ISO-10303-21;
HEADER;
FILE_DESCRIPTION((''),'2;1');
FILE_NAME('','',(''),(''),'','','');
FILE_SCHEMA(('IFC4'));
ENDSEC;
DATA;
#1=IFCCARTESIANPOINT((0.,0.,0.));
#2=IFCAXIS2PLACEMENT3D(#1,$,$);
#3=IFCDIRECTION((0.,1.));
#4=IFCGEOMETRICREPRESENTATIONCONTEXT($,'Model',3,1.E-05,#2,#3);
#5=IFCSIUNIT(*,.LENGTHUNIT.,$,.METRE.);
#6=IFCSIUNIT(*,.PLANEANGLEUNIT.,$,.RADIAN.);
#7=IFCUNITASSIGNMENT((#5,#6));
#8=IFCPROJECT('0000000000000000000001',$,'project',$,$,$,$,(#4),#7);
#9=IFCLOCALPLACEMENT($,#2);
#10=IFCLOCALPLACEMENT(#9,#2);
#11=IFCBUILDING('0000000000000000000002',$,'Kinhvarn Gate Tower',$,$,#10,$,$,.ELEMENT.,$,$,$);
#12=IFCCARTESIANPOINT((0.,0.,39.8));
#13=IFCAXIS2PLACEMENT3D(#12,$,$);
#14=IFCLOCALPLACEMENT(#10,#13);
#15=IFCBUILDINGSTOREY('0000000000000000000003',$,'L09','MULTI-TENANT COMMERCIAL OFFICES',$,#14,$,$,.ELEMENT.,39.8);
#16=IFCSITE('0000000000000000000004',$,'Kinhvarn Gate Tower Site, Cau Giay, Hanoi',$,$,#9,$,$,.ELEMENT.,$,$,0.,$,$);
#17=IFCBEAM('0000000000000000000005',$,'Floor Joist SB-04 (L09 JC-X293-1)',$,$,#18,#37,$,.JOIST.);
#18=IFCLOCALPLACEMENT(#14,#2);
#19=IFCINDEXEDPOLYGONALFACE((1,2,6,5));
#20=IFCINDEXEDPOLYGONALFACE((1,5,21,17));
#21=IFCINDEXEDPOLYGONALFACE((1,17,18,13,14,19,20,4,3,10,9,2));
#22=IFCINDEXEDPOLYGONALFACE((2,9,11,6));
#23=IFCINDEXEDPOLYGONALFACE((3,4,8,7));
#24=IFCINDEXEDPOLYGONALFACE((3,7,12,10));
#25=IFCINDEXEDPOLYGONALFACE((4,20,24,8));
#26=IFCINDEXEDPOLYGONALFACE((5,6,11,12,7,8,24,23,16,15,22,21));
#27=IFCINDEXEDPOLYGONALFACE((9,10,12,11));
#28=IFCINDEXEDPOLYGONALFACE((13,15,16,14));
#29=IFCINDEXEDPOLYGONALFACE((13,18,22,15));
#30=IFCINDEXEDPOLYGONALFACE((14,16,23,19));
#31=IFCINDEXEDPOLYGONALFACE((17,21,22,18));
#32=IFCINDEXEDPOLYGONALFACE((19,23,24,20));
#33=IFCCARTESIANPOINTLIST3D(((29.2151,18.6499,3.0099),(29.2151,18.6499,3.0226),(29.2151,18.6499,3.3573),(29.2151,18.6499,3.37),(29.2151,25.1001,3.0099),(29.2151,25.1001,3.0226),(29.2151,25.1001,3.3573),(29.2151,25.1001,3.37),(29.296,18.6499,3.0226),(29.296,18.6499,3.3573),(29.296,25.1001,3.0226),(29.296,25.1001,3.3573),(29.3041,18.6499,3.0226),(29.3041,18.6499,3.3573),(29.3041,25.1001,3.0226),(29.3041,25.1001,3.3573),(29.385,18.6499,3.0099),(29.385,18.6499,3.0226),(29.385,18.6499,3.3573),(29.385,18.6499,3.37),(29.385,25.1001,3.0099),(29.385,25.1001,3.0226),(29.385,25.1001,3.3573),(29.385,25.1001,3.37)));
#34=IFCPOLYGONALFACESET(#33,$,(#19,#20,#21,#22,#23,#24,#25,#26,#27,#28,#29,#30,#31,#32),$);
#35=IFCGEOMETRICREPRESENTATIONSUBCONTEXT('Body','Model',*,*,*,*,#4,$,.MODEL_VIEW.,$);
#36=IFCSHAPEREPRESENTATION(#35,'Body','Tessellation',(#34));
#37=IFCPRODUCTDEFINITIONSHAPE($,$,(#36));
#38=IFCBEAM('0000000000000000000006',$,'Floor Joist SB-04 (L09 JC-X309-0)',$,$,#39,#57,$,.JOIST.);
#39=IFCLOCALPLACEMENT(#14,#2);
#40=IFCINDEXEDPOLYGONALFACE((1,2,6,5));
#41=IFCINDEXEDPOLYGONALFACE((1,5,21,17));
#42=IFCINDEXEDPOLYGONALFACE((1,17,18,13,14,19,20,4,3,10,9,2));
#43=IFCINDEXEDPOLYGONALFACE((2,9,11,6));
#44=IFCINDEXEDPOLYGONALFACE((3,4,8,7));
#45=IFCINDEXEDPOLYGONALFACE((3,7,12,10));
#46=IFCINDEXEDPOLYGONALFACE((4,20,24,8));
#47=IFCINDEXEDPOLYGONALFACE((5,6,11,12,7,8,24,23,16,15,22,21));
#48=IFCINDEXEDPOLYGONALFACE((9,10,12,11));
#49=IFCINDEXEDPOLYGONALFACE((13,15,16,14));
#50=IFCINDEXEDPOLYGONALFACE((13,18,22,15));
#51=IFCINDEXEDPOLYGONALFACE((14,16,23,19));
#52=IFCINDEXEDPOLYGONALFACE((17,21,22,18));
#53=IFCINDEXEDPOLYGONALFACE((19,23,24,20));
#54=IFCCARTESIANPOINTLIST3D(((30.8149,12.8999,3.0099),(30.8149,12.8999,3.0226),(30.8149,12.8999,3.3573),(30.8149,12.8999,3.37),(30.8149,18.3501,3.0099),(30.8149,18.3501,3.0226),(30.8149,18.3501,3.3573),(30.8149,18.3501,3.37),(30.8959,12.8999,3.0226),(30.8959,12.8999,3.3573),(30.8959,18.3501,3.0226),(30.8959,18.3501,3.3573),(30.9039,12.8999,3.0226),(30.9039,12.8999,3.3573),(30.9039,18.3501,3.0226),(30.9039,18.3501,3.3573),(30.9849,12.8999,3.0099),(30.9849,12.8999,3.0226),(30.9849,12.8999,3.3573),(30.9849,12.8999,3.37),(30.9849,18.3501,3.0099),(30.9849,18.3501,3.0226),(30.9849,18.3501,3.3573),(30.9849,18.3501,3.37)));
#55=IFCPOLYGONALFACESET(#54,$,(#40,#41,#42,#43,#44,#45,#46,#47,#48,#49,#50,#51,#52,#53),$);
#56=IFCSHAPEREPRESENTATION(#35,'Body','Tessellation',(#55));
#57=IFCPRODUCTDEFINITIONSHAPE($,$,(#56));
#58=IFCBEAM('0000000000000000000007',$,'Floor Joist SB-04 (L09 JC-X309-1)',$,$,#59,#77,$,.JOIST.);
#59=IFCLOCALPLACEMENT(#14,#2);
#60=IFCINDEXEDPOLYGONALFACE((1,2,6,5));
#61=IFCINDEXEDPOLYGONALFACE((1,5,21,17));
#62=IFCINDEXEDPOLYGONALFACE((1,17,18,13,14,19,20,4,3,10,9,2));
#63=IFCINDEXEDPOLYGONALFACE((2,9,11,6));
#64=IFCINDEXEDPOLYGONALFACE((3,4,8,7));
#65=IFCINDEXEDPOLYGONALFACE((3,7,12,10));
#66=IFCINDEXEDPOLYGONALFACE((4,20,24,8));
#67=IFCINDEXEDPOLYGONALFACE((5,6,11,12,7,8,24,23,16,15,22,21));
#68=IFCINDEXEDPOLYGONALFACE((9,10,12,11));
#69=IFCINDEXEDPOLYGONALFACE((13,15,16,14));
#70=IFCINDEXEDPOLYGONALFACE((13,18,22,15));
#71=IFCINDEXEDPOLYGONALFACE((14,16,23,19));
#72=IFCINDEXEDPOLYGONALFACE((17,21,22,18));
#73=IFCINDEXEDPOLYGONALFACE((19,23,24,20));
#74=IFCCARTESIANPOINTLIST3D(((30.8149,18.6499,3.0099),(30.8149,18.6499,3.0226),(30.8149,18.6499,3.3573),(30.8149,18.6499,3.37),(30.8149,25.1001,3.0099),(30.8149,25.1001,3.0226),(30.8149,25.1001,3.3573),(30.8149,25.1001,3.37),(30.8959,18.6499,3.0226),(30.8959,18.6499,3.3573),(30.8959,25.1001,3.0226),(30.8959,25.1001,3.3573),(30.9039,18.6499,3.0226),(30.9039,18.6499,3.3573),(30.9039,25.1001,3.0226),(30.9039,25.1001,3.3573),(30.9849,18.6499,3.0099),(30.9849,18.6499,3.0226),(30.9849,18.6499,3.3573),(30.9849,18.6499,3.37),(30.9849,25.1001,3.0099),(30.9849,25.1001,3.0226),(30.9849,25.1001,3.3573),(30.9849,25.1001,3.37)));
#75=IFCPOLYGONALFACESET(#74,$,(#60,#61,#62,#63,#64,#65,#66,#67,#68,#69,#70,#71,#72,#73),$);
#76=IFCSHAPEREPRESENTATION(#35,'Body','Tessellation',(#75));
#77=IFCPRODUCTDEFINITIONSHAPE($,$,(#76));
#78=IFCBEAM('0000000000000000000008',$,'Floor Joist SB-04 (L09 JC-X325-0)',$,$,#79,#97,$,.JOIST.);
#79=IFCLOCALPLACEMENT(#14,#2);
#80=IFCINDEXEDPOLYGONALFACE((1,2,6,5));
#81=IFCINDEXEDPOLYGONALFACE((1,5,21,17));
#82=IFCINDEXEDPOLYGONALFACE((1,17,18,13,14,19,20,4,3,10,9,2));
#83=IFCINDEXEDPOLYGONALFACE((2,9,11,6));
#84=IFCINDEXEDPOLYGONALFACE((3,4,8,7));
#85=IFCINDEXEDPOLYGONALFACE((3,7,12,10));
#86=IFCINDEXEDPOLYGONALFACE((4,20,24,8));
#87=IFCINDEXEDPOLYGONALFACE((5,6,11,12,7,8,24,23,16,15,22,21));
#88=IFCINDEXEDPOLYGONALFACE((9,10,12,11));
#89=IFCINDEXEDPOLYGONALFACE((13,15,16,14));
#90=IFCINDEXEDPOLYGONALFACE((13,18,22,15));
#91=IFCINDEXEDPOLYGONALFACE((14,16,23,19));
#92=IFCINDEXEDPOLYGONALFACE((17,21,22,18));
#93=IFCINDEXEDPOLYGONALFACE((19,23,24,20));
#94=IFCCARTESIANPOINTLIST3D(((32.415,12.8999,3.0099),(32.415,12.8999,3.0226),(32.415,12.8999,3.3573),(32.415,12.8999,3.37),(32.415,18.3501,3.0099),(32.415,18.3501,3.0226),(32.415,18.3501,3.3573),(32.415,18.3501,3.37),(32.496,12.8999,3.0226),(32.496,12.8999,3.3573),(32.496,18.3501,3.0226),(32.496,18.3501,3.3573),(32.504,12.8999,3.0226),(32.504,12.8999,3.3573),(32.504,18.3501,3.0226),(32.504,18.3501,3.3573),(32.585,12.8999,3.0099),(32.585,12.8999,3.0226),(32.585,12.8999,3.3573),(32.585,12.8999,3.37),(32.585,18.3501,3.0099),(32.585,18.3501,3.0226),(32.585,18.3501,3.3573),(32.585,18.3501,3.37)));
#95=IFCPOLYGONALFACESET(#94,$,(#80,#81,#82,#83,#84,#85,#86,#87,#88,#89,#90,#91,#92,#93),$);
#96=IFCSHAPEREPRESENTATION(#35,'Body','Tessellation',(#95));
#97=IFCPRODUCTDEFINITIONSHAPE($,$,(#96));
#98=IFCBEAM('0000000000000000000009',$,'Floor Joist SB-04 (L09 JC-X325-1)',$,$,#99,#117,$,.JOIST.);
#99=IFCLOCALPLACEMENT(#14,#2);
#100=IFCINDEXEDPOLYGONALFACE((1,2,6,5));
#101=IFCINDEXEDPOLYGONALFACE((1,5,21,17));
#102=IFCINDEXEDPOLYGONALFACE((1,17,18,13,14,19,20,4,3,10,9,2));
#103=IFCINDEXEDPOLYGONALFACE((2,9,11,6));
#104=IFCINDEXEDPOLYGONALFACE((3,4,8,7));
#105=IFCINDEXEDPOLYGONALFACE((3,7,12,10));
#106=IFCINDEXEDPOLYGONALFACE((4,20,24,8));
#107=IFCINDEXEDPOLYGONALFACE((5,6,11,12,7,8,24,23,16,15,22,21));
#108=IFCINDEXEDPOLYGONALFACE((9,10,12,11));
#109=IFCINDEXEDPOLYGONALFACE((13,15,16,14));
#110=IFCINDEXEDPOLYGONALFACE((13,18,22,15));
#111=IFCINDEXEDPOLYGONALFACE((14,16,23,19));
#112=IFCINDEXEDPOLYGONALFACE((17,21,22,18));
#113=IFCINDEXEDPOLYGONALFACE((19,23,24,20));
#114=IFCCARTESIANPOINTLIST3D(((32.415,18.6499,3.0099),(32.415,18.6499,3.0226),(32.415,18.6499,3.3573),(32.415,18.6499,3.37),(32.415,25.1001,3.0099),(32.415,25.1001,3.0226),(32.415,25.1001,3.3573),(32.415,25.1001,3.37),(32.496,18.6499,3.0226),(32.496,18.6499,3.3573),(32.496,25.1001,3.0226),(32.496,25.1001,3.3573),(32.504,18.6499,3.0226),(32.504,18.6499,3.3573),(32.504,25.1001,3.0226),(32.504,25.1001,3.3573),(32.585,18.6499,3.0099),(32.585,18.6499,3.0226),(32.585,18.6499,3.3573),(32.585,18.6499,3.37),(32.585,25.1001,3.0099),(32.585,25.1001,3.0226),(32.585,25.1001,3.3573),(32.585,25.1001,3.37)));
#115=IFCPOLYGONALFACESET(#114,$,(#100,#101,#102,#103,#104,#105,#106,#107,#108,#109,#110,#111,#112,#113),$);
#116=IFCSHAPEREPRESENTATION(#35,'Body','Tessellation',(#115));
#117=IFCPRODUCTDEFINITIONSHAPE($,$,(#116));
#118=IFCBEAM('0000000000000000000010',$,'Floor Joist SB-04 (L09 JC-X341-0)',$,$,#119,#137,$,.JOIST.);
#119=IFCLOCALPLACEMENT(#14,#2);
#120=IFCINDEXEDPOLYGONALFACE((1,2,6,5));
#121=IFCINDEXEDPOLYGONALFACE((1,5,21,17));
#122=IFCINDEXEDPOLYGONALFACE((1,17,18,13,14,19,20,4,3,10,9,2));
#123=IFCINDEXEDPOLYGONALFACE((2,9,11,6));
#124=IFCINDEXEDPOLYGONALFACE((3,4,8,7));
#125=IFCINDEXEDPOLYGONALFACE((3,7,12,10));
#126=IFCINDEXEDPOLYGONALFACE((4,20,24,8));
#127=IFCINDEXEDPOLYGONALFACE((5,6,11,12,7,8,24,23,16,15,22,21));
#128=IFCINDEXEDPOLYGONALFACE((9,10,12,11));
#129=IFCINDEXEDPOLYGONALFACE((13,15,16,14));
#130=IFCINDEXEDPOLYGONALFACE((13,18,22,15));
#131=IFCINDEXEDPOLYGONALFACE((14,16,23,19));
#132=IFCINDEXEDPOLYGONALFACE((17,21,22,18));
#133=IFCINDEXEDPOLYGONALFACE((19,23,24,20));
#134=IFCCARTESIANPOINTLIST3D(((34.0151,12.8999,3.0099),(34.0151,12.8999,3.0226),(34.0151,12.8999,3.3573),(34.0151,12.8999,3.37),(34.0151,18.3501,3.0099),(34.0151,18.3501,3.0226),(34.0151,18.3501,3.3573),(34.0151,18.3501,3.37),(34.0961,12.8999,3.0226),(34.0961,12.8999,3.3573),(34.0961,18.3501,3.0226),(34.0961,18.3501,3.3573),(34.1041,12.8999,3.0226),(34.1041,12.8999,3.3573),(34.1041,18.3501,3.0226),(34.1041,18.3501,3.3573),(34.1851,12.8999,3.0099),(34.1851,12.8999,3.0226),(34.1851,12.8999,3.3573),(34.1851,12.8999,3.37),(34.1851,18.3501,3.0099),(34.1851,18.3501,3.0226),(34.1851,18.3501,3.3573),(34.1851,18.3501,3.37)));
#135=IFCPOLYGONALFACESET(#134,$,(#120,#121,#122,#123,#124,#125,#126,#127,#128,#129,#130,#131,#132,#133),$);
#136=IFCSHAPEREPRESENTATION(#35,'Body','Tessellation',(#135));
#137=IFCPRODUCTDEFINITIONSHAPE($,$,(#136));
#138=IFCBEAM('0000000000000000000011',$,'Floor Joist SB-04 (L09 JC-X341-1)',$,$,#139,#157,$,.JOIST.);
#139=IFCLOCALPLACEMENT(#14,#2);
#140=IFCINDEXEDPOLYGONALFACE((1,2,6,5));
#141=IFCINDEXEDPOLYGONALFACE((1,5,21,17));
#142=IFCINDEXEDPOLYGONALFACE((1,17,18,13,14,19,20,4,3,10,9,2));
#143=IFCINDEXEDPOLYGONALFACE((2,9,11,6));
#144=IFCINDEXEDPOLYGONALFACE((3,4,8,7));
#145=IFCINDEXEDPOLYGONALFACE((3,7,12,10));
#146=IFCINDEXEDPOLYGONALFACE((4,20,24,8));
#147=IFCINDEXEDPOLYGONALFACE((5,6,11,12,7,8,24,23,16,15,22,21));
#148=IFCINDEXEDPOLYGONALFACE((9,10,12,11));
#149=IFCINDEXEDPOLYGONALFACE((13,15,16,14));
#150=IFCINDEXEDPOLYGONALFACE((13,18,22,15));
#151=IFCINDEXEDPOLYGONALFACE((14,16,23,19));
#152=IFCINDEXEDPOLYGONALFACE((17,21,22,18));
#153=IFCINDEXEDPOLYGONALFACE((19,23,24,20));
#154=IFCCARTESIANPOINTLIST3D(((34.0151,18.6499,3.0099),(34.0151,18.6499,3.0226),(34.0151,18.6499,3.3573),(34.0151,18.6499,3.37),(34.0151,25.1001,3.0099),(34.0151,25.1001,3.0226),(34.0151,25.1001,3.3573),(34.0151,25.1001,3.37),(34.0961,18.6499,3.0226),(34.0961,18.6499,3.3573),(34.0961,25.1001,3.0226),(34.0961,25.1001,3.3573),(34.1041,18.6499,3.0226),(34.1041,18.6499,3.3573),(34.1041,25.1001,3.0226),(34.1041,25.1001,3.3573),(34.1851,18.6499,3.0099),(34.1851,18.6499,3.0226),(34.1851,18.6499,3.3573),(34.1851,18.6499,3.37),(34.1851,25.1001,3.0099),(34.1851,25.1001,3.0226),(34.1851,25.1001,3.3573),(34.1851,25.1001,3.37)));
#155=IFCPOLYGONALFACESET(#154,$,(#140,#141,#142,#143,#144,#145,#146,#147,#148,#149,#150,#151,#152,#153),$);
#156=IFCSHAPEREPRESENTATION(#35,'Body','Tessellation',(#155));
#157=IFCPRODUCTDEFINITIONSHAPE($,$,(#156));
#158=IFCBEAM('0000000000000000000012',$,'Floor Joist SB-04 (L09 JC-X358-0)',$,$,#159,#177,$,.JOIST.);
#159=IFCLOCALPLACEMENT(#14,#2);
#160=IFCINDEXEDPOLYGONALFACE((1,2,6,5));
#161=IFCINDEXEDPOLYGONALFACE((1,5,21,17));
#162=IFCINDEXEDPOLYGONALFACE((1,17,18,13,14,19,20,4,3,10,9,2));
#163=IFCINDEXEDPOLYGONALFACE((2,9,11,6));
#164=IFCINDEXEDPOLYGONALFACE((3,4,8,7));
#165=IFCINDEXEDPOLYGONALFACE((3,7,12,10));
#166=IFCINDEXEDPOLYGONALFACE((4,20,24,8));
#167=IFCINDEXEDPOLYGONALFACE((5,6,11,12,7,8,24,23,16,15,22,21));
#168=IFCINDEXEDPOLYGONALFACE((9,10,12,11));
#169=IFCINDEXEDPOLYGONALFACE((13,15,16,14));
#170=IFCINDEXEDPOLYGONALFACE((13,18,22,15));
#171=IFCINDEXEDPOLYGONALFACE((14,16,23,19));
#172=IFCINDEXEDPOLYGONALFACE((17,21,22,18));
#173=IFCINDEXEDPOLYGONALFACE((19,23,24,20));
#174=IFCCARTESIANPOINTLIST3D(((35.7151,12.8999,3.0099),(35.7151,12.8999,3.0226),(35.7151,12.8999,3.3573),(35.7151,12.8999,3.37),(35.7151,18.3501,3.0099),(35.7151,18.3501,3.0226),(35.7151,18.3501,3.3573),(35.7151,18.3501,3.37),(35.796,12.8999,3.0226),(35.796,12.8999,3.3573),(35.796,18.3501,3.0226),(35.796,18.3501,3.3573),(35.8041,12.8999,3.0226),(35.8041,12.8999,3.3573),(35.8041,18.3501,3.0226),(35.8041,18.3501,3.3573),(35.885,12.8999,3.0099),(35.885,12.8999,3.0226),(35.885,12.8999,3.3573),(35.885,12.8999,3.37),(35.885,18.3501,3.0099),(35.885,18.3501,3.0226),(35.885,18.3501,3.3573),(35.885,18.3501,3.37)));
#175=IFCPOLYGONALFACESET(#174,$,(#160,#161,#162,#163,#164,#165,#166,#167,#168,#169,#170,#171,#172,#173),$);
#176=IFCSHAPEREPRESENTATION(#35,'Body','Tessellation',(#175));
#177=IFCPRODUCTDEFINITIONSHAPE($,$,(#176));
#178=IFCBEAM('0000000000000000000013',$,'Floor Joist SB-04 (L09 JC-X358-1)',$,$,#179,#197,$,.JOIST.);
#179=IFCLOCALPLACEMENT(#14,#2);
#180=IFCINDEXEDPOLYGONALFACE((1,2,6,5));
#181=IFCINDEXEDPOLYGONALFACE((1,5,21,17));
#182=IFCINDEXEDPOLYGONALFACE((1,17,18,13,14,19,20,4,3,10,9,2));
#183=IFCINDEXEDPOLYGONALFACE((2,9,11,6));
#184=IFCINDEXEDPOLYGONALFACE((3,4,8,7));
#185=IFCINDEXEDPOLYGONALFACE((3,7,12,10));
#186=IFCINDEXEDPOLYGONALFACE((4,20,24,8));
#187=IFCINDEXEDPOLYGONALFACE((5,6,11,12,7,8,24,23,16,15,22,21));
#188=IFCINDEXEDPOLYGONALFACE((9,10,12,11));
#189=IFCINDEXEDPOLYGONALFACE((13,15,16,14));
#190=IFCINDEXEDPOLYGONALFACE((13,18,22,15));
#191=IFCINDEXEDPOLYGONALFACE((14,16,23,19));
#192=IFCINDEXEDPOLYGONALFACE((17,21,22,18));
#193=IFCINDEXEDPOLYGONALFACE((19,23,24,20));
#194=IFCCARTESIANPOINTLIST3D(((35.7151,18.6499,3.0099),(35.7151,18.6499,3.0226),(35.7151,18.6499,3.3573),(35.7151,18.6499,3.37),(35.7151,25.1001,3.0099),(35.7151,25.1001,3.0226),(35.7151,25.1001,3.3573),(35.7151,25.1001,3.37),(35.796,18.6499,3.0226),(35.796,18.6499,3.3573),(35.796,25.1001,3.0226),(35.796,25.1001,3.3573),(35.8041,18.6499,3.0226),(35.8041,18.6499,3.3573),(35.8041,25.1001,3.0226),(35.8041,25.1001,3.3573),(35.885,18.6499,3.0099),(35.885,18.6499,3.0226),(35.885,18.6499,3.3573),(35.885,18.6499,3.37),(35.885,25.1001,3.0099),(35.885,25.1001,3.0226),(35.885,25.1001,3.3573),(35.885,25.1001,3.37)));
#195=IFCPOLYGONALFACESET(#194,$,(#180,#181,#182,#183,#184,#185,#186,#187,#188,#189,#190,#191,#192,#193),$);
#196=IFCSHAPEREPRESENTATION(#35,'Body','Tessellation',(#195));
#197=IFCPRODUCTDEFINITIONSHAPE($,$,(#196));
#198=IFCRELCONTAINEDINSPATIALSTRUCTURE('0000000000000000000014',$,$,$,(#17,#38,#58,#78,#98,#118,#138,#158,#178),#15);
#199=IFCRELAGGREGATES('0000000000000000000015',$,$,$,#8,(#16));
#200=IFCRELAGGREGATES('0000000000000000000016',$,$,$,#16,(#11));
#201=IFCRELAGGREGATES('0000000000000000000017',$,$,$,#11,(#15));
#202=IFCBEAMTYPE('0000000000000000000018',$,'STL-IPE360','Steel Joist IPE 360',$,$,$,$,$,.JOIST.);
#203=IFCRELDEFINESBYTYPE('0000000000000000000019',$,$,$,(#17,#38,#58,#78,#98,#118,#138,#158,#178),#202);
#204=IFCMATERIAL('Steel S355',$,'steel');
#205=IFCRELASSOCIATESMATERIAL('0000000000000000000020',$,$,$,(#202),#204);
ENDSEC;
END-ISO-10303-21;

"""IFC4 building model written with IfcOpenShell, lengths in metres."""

from ifc_helpers import new_model, si_unit, direction, frame, origin, origin_2d, place, context, subcontext, project, spatial, i_section, extrude, material, material_profile, profile_set, type_object, element, save


model = new_model("IFC4")

# Units and contexts
model_context = context("Model", 3, precision=1e-05, world=origin(), true_north=direction((0.0, 1.0)))
body_context = subcontext(model_context, "Body", "Model", "MODEL_VIEW")
ifc_project = project(units=[si_unit("LENGTHUNIT", "METRE"), si_unit("PLANEANGLEUNIT", "RADIAN")], contexts=[model_context])

# Site, building, storey
site_placement = place(None, origin())
site = spatial("IfcSite", under=ifc_project, at=site_placement, Name="Kinhvarn Gate Tower Site, Cau Giay, Hanoi", CompositionType="ELEMENT", RefElevation=0.0)
building_placement = place(site_placement, origin())
building = spatial("IfcBuilding", under=site, at=building_placement, Name="Kinhvarn Gate Tower", CompositionType="ELEMENT")
storey_placement = place(building_placement, frame((0.0, 0.0, 39.8)))
storey = spatial("IfcBuildingStorey", under=building, at=storey_placement, Name="L09", Description="MULTI-TENANT COMMERCIAL OFFICES", CompositionType="ELEMENT", Elevation=39.8)

# Beams
ifc_material_1 = material(Name="Steel S355", Category="steel")
ifc_material_profile_1 = material_profile(ifc_material_1, i_section(OverallWidth=0.1699, OverallDepth=0.3601, WebThickness=0.0081, FlangeThickness=0.0127, at=origin_2d()), Name="IPE 360")
ifc_profile_set_1 = profile_set([ifc_material_profile_1], Name="Steel S355")
beam_type_1 = type_object("IfcBeamType", Name="STL-IPE360", Description="Steel Joist IPE 360", PredefinedType="JOIST", material=ifc_profile_set_1)
beam_1_placement = place(storey_placement, frame((29.3, 18.6499, 3.1899), z_axis=(0.0, 1.0, 0.0), x_axis=(-1.0, 0.0, 0.0)))
element("IfcBeam", 1, at=beam_1_placement, inside=storey, type_object=beam_type_1, Name="Floor Joist SB-04 (L09 JC-X293-1)", PredefinedType="JOIST", context=body_context, shape_type="SweptSolid", body=[
    extrude(i_section(OverallWidth=0.1699, OverallDepth=0.3601, WebThickness=0.0081, FlangeThickness=0.0127, at=origin_2d()), origin(), (0.0, 0.0, 1.0), 6.4502),
])
beam_2_placement = place(storey_placement, frame((30.8999, 12.8999, 3.1899), z_axis=(0.0, 1.0, 0.0), x_axis=(-1.0, 0.0, 0.0)))
element("IfcBeam", 2, at=beam_2_placement, inside=storey, type_object=beam_type_1, Name="Floor Joist SB-04 (L09 JC-X309-0)", PredefinedType="JOIST", context=body_context, shape_type="SweptSolid", body=[
    extrude(i_section(OverallWidth=0.1699, OverallDepth=0.3601, WebThickness=0.0081, FlangeThickness=0.0127, at=origin_2d()), origin(), (0.0, 0.0, 1.0), 5.4502),
])
beam_3_placement = place(storey_placement, frame((30.8999, 18.6499, 3.1899), z_axis=(0.0, 1.0, 0.0), x_axis=(-1.0, 0.0, 0.0)))
element("IfcBeam", 3, at=beam_3_placement, inside=storey, type_object=beam_type_1, Name="Floor Joist SB-04 (L09 JC-X309-1)", PredefinedType="JOIST", context=body_context, shape_type="SweptSolid", body=[
    extrude(i_section(OverallWidth=0.1699, OverallDepth=0.3601, WebThickness=0.0081, FlangeThickness=0.0127, at=origin_2d()), origin(), (0.0, 0.0, 1.0), 6.4502),
])
beam_4_placement = place(storey_placement, frame((32.5, 12.8999, 3.1899), z_axis=(0.0, 1.0, 0.0), x_axis=(-1.0, 0.0, 0.0)))
element("IfcBeam", 4, at=beam_4_placement, inside=storey, type_object=beam_type_1, Name="Floor Joist SB-04 (L09 JC-X325-0)", PredefinedType="JOIST", context=body_context, shape_type="SweptSolid", body=[
    extrude(i_section(OverallWidth=0.1699, OverallDepth=0.3601, WebThickness=0.0081, FlangeThickness=0.0127, at=origin_2d()), origin(), (0.0, 0.0, 1.0), 5.4502),
])
beam_5_placement = place(storey_placement, frame((32.5, 18.6499, 3.1899), z_axis=(0.0, 1.0, 0.0), x_axis=(-1.0, 0.0, 0.0)))
element("IfcBeam", 5, at=beam_5_placement, inside=storey, type_object=beam_type_1, Name="Floor Joist SB-04 (L09 JC-X325-1)", PredefinedType="JOIST", context=body_context, shape_type="SweptSolid", body=[
    extrude(i_section(OverallWidth=0.1699, OverallDepth=0.3601, WebThickness=0.0081, FlangeThickness=0.0127, at=origin_2d()), origin(), (0.0, 0.0, 1.0), 6.4502),
])
beam_6_placement = place(storey_placement, frame((34.1001, 12.8999, 3.1899), z_axis=(0.0, 1.0, 0.0), x_axis=(-1.0, 0.0, 0.0)))
element("IfcBeam", 6, at=beam_6_placement, inside=storey, type_object=beam_type_1, Name="Floor Joist SB-04 (L09 JC-X341-0)", PredefinedType="JOIST", context=body_context, shape_type="SweptSolid", body=[
    extrude(i_section(OverallWidth=0.1699, OverallDepth=0.3601, WebThickness=0.0081, FlangeThickness=0.0127, at=origin_2d()), origin(), (0.0, 0.0, 1.0), 5.4502),
])
beam_7_placement = place(storey_placement, frame((34.1001, 18.6499, 3.1899), z_axis=(0.0, 1.0, 0.0), x_axis=(-1.0, 0.0, 0.0)))
element("IfcBeam", 7, at=beam_7_placement, inside=storey, type_object=beam_type_1, Name="Floor Joist SB-04 (L09 JC-X341-1)", PredefinedType="JOIST", context=body_context, shape_type="SweptSolid", body=[
    extrude(i_section(OverallWidth=0.1699, OverallDepth=0.3601, WebThickness=0.0081, FlangeThickness=0.0127, at=origin_2d()), origin(), (0.0, 0.0, 1.0), 6.4502),
])
beam_8_placement = place(storey_placement, frame((35.8, 12.8999, 3.1899), z_axis=(0.0, 1.0, 0.0), x_axis=(-1.0, 0.0, 0.0)))
element("IfcBeam", 8, at=beam_8_placement, inside=storey, type_object=beam_type_1, Name="Floor Joist SB-04 (L09 JC-X358-0)", PredefinedType="JOIST", context=body_context, shape_type="SweptSolid", body=[
    extrude(i_section(OverallWidth=0.1699, OverallDepth=0.3601, WebThickness=0.0081, FlangeThickness=0.0127, at=origin_2d()), origin(), (0.0, 0.0, 1.0), 5.4502),
])
beam_9_placement = place(storey_placement, frame((35.8, 18.6499, 3.1899), z_axis=(0.0, 1.0, 0.0), x_axis=(-1.0, 0.0, 0.0)))
element("IfcBeam", 9, at=beam_9_placement, inside=storey, type_object=beam_type_1, Name="Floor Joist SB-04 (L09 JC-X358-1)", PredefinedType="JOIST", context=body_context, shape_type="SweptSolid", body=[
    extrude(i_section(OverallWidth=0.1699, OverallDepth=0.3601, WebThickness=0.0081, FlangeThickness=0.0127, at=origin_2d()), origin(), (0.0, 0.0, 1.0), 6.4502),
])

save(model, "model.ifc")
